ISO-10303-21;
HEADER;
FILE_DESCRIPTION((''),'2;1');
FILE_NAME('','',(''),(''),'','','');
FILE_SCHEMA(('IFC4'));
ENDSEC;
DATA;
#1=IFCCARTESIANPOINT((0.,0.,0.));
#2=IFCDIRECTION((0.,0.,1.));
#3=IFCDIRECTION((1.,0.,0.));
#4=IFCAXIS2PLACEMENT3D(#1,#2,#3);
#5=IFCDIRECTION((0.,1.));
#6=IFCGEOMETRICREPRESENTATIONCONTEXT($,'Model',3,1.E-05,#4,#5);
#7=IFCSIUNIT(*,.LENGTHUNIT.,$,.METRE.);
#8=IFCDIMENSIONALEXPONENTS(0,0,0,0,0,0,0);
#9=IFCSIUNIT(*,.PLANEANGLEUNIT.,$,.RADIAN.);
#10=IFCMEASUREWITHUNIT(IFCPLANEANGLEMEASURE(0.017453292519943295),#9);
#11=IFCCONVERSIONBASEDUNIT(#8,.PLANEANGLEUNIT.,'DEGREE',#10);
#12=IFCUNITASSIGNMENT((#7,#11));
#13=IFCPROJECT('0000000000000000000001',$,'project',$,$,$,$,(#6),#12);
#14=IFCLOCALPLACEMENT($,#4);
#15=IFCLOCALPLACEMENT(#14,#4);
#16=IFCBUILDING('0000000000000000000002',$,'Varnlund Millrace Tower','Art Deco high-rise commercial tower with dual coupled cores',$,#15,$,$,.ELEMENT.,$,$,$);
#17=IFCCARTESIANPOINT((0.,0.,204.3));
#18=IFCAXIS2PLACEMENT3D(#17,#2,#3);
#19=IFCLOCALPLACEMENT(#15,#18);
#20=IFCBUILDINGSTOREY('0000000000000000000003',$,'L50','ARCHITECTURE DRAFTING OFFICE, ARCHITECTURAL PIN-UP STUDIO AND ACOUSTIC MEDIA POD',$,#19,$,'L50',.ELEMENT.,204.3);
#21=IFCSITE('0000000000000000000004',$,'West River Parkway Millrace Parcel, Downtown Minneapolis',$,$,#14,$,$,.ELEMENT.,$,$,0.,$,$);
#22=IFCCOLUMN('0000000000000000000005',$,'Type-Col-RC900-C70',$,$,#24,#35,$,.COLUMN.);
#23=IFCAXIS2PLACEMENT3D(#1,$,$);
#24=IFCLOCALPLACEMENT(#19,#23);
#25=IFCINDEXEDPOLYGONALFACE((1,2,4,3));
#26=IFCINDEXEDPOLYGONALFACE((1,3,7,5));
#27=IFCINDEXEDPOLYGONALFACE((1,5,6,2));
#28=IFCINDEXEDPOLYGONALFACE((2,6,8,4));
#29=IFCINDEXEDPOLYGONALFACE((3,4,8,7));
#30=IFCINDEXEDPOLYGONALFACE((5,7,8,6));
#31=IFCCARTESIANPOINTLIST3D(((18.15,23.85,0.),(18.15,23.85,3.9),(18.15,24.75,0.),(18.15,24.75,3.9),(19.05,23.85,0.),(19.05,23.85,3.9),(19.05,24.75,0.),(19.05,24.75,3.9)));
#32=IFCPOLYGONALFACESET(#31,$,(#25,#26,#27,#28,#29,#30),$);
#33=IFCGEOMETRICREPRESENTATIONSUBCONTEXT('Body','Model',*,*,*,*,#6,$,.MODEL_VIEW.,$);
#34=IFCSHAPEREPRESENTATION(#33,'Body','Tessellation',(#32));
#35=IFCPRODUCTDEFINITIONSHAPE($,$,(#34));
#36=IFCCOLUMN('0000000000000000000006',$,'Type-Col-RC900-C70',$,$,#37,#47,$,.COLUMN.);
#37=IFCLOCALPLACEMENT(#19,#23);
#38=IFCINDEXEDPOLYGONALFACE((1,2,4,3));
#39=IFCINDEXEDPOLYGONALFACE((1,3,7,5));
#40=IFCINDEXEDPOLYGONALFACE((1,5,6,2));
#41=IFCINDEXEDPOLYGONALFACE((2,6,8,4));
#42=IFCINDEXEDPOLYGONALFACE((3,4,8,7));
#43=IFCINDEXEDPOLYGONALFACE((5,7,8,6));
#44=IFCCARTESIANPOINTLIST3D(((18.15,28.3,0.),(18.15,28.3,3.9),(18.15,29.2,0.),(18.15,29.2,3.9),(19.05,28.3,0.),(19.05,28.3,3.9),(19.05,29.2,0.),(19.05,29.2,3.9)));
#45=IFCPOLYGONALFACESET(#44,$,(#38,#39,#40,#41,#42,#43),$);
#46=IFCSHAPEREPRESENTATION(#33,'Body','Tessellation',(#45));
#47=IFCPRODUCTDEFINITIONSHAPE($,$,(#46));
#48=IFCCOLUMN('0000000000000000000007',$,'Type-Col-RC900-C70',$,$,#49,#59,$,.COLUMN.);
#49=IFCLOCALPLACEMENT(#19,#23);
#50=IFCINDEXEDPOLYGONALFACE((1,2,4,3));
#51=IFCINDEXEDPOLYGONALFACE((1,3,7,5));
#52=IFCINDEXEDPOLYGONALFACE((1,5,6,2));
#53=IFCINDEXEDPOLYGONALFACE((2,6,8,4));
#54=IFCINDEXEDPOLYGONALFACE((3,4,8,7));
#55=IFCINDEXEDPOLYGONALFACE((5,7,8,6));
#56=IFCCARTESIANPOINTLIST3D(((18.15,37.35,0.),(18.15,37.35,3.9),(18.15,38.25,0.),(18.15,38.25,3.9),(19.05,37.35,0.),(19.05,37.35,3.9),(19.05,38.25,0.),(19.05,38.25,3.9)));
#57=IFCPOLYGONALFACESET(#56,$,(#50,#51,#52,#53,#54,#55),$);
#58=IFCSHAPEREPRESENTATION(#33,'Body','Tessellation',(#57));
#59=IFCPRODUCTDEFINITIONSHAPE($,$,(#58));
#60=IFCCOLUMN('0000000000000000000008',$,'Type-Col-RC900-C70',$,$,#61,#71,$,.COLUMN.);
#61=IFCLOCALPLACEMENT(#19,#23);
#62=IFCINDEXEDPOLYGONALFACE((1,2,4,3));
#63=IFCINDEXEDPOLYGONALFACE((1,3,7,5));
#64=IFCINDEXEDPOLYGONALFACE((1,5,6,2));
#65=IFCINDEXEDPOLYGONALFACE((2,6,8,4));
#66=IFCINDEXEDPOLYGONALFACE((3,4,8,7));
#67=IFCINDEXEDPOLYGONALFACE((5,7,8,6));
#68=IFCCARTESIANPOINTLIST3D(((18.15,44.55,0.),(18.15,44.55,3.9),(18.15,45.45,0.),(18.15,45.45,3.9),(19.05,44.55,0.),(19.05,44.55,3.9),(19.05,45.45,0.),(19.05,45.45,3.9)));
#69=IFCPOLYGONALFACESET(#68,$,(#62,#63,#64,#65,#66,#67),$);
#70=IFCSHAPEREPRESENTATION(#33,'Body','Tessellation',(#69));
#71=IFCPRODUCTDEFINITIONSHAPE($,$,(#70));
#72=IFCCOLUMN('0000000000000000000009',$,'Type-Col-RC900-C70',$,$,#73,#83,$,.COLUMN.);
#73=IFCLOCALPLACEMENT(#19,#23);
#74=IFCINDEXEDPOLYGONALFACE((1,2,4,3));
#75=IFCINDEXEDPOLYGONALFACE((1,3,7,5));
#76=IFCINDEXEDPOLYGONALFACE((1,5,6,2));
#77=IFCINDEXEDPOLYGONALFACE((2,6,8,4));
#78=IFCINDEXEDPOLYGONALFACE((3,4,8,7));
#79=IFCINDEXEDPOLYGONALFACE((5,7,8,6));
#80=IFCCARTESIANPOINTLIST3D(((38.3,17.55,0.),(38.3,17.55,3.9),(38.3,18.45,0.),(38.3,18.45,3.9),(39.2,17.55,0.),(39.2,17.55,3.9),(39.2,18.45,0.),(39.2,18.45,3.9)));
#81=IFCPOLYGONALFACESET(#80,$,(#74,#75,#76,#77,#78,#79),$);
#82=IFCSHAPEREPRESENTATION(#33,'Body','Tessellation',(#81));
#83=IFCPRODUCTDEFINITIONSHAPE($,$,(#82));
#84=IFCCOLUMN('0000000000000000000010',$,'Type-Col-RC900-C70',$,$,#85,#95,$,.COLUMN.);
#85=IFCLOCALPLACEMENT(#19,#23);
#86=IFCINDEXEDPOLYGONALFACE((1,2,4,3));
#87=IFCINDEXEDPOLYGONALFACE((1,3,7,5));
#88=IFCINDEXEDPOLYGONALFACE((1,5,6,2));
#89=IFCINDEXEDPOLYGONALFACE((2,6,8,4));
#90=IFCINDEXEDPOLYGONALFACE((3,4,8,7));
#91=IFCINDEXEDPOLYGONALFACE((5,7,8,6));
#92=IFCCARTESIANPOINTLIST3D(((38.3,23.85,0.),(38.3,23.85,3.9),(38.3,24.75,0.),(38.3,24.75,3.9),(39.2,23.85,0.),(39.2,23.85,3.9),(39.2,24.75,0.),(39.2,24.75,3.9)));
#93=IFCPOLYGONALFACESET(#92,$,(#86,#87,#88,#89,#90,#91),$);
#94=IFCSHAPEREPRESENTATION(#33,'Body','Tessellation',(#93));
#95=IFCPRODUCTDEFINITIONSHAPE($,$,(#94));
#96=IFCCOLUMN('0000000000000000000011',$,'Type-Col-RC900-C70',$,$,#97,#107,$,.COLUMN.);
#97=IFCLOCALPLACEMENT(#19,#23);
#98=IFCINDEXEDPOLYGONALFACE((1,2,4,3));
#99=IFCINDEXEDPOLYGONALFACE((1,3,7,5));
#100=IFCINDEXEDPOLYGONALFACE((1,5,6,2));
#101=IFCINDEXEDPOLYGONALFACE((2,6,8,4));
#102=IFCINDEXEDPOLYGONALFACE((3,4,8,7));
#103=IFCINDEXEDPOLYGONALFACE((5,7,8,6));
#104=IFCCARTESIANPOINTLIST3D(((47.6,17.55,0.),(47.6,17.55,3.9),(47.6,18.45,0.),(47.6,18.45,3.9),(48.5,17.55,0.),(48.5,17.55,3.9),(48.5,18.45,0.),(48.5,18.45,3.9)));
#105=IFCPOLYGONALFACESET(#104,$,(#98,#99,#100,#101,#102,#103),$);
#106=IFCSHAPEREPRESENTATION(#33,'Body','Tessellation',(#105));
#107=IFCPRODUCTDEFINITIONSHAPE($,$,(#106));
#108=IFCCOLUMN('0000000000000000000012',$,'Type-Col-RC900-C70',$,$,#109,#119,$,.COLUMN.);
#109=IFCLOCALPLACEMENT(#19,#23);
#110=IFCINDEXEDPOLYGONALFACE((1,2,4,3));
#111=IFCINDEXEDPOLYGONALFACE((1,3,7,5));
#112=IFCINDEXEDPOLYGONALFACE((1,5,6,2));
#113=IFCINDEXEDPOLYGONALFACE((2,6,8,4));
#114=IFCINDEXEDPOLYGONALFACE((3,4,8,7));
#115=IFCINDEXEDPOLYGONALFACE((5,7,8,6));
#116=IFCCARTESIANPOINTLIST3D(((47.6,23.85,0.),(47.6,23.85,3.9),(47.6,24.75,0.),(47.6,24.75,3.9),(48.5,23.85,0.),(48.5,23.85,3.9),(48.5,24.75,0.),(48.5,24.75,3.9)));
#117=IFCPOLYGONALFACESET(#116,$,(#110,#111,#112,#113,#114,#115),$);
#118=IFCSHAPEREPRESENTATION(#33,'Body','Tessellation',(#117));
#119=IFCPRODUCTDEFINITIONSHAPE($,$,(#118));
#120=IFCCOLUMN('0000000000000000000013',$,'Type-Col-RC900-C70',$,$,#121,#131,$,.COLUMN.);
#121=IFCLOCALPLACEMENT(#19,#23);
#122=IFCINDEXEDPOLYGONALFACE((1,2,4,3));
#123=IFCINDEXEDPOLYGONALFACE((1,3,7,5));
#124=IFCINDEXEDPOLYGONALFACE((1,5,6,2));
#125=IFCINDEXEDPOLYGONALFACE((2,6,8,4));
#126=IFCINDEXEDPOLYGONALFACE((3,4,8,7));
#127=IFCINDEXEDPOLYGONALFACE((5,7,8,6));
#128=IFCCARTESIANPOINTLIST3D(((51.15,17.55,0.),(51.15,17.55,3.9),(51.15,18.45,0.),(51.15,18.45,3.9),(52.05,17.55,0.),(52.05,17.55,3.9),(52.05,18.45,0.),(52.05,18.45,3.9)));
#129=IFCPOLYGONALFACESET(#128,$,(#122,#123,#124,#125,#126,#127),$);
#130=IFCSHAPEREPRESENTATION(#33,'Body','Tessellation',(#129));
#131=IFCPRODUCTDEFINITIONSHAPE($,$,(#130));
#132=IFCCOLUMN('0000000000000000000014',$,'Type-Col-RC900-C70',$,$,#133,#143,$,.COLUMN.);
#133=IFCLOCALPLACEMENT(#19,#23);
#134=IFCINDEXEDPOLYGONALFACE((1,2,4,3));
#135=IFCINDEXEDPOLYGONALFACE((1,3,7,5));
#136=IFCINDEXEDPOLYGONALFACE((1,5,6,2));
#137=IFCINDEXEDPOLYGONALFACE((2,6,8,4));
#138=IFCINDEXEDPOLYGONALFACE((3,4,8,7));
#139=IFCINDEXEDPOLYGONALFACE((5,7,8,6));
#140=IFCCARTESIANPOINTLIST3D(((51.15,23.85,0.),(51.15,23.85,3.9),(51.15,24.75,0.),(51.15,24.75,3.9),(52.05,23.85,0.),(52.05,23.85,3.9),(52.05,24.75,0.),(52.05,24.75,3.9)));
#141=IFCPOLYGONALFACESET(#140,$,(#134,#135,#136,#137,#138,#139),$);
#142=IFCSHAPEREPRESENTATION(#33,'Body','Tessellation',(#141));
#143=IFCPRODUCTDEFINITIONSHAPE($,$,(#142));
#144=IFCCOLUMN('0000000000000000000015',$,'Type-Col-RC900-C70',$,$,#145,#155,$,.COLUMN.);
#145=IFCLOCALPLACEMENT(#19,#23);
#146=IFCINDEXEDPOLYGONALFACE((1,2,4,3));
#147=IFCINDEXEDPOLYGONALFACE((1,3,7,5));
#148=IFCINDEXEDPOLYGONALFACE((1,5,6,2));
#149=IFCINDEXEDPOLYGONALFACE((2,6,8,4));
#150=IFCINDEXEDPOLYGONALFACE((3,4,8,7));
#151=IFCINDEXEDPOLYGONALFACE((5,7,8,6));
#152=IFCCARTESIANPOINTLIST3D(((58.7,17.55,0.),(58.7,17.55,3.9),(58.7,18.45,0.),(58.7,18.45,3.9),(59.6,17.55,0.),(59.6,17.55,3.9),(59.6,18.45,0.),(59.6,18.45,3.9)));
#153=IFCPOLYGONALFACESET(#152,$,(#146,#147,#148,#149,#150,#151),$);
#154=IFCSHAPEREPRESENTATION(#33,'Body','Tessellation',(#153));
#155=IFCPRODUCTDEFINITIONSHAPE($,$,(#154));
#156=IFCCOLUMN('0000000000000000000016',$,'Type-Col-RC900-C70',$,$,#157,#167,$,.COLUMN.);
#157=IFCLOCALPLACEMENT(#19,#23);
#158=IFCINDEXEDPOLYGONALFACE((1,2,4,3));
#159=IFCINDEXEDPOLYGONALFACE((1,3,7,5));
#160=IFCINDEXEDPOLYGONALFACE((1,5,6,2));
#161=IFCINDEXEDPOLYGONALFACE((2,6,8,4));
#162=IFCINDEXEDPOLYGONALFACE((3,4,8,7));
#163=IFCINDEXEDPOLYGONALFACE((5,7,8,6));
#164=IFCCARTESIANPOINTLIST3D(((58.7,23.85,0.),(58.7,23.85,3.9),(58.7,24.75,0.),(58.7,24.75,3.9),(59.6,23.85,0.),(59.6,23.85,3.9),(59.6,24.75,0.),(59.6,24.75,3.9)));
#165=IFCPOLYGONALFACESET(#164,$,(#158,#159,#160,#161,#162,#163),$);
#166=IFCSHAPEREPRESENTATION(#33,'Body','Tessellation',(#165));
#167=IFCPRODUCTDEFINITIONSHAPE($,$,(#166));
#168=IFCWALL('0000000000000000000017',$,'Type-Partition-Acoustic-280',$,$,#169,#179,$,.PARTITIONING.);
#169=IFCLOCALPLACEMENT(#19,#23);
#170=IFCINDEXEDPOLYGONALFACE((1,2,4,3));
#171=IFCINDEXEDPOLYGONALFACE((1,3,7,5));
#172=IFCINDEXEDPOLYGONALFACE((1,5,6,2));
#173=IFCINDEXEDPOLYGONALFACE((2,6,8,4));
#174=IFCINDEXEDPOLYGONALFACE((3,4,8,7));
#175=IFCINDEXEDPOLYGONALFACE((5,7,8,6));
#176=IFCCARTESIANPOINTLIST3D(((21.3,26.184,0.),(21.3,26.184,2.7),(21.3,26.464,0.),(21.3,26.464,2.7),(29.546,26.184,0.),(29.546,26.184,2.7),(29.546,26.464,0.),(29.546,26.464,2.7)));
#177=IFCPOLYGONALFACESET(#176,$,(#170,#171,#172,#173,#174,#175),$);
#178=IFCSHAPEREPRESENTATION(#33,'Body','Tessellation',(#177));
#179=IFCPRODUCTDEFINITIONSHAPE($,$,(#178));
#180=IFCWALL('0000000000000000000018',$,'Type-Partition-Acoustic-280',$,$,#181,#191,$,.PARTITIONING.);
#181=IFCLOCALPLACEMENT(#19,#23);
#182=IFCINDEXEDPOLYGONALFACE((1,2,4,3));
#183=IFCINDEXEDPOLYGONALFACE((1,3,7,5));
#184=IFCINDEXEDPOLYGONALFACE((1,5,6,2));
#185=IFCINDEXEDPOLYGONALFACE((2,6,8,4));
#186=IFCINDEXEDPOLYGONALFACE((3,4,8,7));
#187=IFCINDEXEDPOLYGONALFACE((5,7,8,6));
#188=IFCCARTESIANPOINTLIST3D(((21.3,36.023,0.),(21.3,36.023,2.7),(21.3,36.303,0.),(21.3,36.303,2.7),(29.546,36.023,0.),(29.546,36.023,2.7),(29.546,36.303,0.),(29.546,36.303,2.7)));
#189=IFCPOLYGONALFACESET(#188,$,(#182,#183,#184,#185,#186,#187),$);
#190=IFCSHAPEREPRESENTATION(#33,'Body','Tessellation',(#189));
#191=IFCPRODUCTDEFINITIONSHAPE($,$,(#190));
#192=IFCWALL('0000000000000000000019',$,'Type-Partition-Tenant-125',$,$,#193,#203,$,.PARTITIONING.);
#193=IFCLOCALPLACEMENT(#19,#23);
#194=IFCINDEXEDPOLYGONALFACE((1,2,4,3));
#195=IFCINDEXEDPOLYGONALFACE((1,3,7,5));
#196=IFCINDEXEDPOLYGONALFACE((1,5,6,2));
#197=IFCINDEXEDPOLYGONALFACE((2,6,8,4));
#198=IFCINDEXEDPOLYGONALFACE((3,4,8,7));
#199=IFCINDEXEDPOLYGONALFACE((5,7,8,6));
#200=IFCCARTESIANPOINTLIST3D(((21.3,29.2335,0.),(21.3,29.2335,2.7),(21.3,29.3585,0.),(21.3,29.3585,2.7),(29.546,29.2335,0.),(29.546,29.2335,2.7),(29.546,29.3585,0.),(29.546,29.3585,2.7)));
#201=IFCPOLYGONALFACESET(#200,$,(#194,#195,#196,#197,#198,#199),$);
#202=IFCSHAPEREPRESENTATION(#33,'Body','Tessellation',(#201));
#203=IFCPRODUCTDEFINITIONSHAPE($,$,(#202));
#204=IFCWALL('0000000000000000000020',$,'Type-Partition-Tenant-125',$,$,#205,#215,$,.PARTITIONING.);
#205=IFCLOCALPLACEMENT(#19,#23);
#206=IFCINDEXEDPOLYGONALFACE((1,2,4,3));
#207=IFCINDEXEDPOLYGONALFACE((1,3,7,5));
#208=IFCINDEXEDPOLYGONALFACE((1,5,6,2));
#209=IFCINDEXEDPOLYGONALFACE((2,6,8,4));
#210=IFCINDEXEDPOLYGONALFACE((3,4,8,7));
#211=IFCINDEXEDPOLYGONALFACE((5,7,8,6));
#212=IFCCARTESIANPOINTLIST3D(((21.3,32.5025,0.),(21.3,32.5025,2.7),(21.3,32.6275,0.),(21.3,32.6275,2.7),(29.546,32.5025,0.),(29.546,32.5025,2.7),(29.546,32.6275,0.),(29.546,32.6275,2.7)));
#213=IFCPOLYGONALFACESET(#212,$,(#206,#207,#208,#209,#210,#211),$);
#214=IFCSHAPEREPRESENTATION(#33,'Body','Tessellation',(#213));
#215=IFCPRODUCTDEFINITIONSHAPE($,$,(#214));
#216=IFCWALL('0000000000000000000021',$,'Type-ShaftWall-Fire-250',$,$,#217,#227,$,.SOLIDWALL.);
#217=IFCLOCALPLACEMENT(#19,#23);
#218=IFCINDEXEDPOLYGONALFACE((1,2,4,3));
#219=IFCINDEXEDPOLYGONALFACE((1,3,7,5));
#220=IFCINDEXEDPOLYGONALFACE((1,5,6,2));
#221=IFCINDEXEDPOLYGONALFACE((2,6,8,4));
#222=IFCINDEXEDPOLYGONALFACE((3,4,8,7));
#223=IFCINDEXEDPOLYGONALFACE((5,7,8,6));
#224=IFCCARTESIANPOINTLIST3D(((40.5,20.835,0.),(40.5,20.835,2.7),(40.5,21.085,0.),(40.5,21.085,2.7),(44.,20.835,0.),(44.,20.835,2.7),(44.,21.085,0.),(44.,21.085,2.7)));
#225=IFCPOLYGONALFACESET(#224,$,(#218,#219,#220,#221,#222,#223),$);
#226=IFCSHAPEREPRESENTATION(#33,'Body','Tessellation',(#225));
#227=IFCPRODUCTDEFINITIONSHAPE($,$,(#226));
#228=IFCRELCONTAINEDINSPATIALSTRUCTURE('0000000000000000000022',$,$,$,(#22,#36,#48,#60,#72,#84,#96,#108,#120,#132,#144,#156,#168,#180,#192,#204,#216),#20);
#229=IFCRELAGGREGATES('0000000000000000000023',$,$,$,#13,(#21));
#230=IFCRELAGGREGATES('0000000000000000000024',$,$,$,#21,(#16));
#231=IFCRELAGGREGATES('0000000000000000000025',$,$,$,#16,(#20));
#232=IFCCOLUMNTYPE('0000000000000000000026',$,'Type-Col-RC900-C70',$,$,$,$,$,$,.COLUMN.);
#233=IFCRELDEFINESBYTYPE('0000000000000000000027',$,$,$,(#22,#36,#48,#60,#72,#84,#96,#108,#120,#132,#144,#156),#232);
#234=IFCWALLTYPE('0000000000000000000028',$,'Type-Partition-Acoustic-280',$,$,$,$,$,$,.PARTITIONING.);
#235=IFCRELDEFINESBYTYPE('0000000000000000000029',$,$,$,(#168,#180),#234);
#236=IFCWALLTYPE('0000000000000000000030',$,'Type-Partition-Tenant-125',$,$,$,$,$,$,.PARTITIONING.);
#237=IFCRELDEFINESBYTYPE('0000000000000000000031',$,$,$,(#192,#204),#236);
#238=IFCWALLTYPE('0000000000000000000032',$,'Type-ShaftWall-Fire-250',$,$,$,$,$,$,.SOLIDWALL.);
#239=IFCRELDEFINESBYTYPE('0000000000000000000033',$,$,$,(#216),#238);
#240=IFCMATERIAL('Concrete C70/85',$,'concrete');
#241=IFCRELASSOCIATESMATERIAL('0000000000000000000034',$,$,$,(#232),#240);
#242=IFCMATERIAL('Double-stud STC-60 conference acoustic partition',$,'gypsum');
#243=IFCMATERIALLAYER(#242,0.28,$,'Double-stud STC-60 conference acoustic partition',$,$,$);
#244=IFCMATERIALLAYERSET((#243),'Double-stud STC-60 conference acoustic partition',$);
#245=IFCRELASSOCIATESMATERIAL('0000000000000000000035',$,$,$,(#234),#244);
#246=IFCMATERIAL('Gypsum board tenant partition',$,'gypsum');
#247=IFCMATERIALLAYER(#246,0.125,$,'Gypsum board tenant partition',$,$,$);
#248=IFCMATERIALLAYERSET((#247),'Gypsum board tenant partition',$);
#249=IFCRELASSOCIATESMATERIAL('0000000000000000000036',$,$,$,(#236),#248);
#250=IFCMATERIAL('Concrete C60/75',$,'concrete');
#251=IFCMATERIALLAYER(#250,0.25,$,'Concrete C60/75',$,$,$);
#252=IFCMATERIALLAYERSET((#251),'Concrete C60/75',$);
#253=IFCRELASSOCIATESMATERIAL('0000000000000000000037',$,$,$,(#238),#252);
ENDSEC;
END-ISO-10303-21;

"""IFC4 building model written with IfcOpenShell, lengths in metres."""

from ifc_helpers import new_model, entity, si_unit, converted_unit, direction, frame, origin_with_axes, origin_2d_with_axis, place, context, subcontext, project, spatial, polyline, rectangle, outline, extrude, material, layer, layer_set, material_profile, profile_set, type_object, element, save


model = new_model("IFC4")

# Units and contexts
model_context = context("Model", 3, precision=1e-05, world=origin_with_axes(), true_north=direction((0.0, 1.0)))
body_context = subcontext(model_context, "Body", "Model", "MODEL_VIEW")
ifc_project = project(units=[si_unit("LENGTHUNIT", "METRE"), converted_unit("PLANEANGLEUNIT", "DEGREE", entity("IfcPlaneAngleMeasure", 0.017453292519943295), si_unit("PLANEANGLEUNIT", "RADIAN"), dimensions=[0, 0, 0, 0, 0, 0, 0])], contexts=[model_context])

# Site, building, storey
site_placement = place(None, origin_with_axes())
site = spatial("IfcSite", under=ifc_project, at=site_placement, Name="West River Parkway Millrace Parcel, Downtown Minneapolis", CompositionType="ELEMENT", RefElevation=0.0)
building_placement = place(site_placement, origin_with_axes())
building = spatial("IfcBuilding", under=site, at=building_placement, Name="Varnlund Millrace Tower", Description="Art Deco high-rise commercial tower with dual coupled cores", CompositionType="ELEMENT")
storey_placement = place(building_placement, frame((0.0, 0.0, 204.3), z_axis=(0.0, 0.0, 1.0), x_axis=(1.0, 0.0, 0.0)))
storey = spatial("IfcBuildingStorey", under=building, at=storey_placement, Name="L50", Description="ARCHITECTURE DRAFTING OFFICE, ARCHITECTURAL PIN-UP STUDIO AND ACOUSTIC MEDIA POD", LongName="L50", CompositionType="ELEMENT", Elevation=204.3)

# Columns
ifc_material_1 = material(Name="Concrete C70/85", Category="concrete")
ifc_material_profile = material_profile(ifc_material_1, rectangle(XDim=0.9, YDim=0.9, at=origin_2d_with_axis()), Name="Concrete C70/85")
ifc_profile_set = profile_set([ifc_material_profile], Name="Concrete C70/85")
column_type = type_object("IfcColumnType", Name="Type-Col-RC900-C70", PredefinedType="COLUMN", material=ifc_profile_set)
for number, where, z_axis, x_axis, name in (
    (1, (18.6, 24.3, 0.0), (0.0, 0.0, 1.0), (1.0, 0.0, 0.0), "Type-Col-RC900-C70"),
    (2, (18.6, 28.75, 0.0), (0.0, 0.0, 1.0), (1.0, 0.0, 0.0), "Type-Col-RC900-C70"),
    (3, (18.6, 37.8, 0.0), (0.0, 0.0, 1.0), (1.0, 0.0, 0.0), "Type-Col-RC900-C70"),
    (4, (18.6, 45.0, 0.0), (0.0, 0.0, 1.0), (1.0, 0.0, 0.0), "Type-Col-RC900-C70"),
    (5, (38.75, 18.0, 0.0), (0.0, 0.0, 1.0), (1.0, 0.0, 0.0), "Type-Col-RC900-C70"),
    (6, (38.75, 24.3, 0.0), (0.0, 0.0, 1.0), (1.0, 0.0, 0.0), "Type-Col-RC900-C70"),
    (7, (48.05, 18.0, 0.0), (0.0, 0.0, 1.0), (1.0, 0.0, 0.0), "Type-Col-RC900-C70"),
    (8, (48.05, 24.3, 0.0), (0.0, 0.0, 1.0), (1.0, 0.0, 0.0), "Type-Col-RC900-C70"),
    (9, (51.6, 18.0, 0.0), (0.0, 0.0, 1.0), (1.0, 0.0, 0.0), "Type-Col-RC900-C70"),
    (10, (51.6, 24.3, 0.0), (0.0, 0.0, 1.0), (1.0, 0.0, 0.0), "Type-Col-RC900-C70"),
    (11, (59.15, 18.0, 0.0), (0.0, 0.0, 1.0), (1.0, 0.0, 0.0), "Type-Col-RC900-C70"),
    (12, (59.15, 24.3, 0.0), (0.0, 0.0, 1.0), (1.0, 0.0, 0.0), "Type-Col-RC900-C70"),
):
    element("IfcColumn", number, at=place(storey_placement, frame(where, z_axis=z_axis, x_axis=x_axis)), inside=storey, type_object=column_type, Name=name, PredefinedType="COLUMN", context=body_context, shape_type="SweptSolid", body=[
        extrude(rectangle(XDim=0.9, YDim=0.9, at=origin_2d_with_axis()), origin_with_axes(), (0.0, 0.0, 1.0), 3.9),
    ])

# Walls
ifc_material_2 = material(Name="Double-stud STC-60 conference acoustic partition", Category="gypsum")
ifc_layer_1 = layer(ifc_material_2, 0.28, Name="Double-stud STC-60 conference acoustic partition")
ifc_layer_set_1 = layer_set([ifc_layer_1], Name="Double-stud STC-60 conference acoustic partition")
wall_type_1 = type_object("IfcWallType", Name="Type-Partition-Acoustic-280", PredefinedType="PARTITIONING", material=ifc_layer_set_1)
for number, where, z_axis, x_axis, name in (
    (13, (21.3, 26.324, 0.0), (0.0, 0.0, 1.0), (1.0, 0.0, 0.0), "Type-Partition-Acoustic-280"),
    (14, (21.3, 36.163, 0.0), (0.0, 0.0, 1.0), (1.0, 0.0, 0.0), "Type-Partition-Acoustic-280"),
):
    element("IfcWall", number, at=place(storey_placement, frame(where, z_axis=z_axis, x_axis=x_axis)), inside=storey, type_object=wall_type_1, Name=name, PredefinedType="PARTITIONING", context=body_context, shape_type="SweptSolid", body=[
        extrude(outline(polyline([(0.0, -0.14), (8.246, -0.14), (8.246, 0.14), (0.0, 0.14), (0.0, -0.14)])), origin_with_axes(), (0.0, 0.0, 1.0), 2.7),
    ])
ifc_material_3 = material(Name="Gypsum board tenant partition", Category="gypsum")
ifc_layer_2 = layer(ifc_material_3, 0.125, Name="Gypsum board tenant partition")
ifc_layer_set_2 = layer_set([ifc_layer_2], Name="Gypsum board tenant partition")
wall_type_2 = type_object("IfcWallType", Name="Type-Partition-Tenant-125", PredefinedType="PARTITIONING", material=ifc_layer_set_2)
for number, where, z_axis, x_axis, name in (
    (15, (21.3, 29.296, 0.0), (0.0, 0.0, 1.0), (1.0, 0.0, 0.0), "Type-Partition-Tenant-125"),
    (16, (21.3, 32.565, 0.0), (0.0, 0.0, 1.0), (1.0, 0.0, 0.0), "Type-Partition-Tenant-125"),
):
    element("IfcWall", number, at=place(storey_placement, frame(where, z_axis=z_axis, x_axis=x_axis)), inside=storey, type_object=wall_type_2, Name=name, PredefinedType="PARTITIONING", context=body_context, shape_type="SweptSolid", body=[
        extrude(outline(polyline([(0.0, -0.0625), (8.246, -0.0625), (8.246, 0.0625), (0.0, 0.0625), (0.0, -0.0625)])), origin_with_axes(), (0.0, 0.0, 1.0), 2.7),
    ])
ifc_material_4 = material(Name="Concrete C60/75", Category="concrete")
ifc_layer_3 = layer(ifc_material_4, 0.25, Name="Concrete C60/75")
ifc_layer_set_3 = layer_set([ifc_layer_3], Name="Concrete C60/75")
wall_type_3 = type_object("IfcWallType", Name="Type-ShaftWall-Fire-250", PredefinedType="SOLIDWALL", material=ifc_layer_set_3)
wall_placement = place(storey_placement, frame((40.5, 20.96, 0.0), z_axis=(0.0, 0.0, 1.0), x_axis=(1.0, 0.0, 0.0)))
element("IfcWall", 17, at=wall_placement, inside=storey, type_object=wall_type_3, Name="Type-ShaftWall-Fire-250", PredefinedType="SOLIDWALL", context=body_context, shape_type="SweptSolid", body=[
    extrude(outline(polyline([(0.0, -0.125), (3.5, -0.125), (3.5, 0.125), (0.0, 0.125), (0.0, -0.125)])), origin_with_axes(), (0.0, 0.0, 1.0), 2.7),
])

save(model, "model.ifc")
